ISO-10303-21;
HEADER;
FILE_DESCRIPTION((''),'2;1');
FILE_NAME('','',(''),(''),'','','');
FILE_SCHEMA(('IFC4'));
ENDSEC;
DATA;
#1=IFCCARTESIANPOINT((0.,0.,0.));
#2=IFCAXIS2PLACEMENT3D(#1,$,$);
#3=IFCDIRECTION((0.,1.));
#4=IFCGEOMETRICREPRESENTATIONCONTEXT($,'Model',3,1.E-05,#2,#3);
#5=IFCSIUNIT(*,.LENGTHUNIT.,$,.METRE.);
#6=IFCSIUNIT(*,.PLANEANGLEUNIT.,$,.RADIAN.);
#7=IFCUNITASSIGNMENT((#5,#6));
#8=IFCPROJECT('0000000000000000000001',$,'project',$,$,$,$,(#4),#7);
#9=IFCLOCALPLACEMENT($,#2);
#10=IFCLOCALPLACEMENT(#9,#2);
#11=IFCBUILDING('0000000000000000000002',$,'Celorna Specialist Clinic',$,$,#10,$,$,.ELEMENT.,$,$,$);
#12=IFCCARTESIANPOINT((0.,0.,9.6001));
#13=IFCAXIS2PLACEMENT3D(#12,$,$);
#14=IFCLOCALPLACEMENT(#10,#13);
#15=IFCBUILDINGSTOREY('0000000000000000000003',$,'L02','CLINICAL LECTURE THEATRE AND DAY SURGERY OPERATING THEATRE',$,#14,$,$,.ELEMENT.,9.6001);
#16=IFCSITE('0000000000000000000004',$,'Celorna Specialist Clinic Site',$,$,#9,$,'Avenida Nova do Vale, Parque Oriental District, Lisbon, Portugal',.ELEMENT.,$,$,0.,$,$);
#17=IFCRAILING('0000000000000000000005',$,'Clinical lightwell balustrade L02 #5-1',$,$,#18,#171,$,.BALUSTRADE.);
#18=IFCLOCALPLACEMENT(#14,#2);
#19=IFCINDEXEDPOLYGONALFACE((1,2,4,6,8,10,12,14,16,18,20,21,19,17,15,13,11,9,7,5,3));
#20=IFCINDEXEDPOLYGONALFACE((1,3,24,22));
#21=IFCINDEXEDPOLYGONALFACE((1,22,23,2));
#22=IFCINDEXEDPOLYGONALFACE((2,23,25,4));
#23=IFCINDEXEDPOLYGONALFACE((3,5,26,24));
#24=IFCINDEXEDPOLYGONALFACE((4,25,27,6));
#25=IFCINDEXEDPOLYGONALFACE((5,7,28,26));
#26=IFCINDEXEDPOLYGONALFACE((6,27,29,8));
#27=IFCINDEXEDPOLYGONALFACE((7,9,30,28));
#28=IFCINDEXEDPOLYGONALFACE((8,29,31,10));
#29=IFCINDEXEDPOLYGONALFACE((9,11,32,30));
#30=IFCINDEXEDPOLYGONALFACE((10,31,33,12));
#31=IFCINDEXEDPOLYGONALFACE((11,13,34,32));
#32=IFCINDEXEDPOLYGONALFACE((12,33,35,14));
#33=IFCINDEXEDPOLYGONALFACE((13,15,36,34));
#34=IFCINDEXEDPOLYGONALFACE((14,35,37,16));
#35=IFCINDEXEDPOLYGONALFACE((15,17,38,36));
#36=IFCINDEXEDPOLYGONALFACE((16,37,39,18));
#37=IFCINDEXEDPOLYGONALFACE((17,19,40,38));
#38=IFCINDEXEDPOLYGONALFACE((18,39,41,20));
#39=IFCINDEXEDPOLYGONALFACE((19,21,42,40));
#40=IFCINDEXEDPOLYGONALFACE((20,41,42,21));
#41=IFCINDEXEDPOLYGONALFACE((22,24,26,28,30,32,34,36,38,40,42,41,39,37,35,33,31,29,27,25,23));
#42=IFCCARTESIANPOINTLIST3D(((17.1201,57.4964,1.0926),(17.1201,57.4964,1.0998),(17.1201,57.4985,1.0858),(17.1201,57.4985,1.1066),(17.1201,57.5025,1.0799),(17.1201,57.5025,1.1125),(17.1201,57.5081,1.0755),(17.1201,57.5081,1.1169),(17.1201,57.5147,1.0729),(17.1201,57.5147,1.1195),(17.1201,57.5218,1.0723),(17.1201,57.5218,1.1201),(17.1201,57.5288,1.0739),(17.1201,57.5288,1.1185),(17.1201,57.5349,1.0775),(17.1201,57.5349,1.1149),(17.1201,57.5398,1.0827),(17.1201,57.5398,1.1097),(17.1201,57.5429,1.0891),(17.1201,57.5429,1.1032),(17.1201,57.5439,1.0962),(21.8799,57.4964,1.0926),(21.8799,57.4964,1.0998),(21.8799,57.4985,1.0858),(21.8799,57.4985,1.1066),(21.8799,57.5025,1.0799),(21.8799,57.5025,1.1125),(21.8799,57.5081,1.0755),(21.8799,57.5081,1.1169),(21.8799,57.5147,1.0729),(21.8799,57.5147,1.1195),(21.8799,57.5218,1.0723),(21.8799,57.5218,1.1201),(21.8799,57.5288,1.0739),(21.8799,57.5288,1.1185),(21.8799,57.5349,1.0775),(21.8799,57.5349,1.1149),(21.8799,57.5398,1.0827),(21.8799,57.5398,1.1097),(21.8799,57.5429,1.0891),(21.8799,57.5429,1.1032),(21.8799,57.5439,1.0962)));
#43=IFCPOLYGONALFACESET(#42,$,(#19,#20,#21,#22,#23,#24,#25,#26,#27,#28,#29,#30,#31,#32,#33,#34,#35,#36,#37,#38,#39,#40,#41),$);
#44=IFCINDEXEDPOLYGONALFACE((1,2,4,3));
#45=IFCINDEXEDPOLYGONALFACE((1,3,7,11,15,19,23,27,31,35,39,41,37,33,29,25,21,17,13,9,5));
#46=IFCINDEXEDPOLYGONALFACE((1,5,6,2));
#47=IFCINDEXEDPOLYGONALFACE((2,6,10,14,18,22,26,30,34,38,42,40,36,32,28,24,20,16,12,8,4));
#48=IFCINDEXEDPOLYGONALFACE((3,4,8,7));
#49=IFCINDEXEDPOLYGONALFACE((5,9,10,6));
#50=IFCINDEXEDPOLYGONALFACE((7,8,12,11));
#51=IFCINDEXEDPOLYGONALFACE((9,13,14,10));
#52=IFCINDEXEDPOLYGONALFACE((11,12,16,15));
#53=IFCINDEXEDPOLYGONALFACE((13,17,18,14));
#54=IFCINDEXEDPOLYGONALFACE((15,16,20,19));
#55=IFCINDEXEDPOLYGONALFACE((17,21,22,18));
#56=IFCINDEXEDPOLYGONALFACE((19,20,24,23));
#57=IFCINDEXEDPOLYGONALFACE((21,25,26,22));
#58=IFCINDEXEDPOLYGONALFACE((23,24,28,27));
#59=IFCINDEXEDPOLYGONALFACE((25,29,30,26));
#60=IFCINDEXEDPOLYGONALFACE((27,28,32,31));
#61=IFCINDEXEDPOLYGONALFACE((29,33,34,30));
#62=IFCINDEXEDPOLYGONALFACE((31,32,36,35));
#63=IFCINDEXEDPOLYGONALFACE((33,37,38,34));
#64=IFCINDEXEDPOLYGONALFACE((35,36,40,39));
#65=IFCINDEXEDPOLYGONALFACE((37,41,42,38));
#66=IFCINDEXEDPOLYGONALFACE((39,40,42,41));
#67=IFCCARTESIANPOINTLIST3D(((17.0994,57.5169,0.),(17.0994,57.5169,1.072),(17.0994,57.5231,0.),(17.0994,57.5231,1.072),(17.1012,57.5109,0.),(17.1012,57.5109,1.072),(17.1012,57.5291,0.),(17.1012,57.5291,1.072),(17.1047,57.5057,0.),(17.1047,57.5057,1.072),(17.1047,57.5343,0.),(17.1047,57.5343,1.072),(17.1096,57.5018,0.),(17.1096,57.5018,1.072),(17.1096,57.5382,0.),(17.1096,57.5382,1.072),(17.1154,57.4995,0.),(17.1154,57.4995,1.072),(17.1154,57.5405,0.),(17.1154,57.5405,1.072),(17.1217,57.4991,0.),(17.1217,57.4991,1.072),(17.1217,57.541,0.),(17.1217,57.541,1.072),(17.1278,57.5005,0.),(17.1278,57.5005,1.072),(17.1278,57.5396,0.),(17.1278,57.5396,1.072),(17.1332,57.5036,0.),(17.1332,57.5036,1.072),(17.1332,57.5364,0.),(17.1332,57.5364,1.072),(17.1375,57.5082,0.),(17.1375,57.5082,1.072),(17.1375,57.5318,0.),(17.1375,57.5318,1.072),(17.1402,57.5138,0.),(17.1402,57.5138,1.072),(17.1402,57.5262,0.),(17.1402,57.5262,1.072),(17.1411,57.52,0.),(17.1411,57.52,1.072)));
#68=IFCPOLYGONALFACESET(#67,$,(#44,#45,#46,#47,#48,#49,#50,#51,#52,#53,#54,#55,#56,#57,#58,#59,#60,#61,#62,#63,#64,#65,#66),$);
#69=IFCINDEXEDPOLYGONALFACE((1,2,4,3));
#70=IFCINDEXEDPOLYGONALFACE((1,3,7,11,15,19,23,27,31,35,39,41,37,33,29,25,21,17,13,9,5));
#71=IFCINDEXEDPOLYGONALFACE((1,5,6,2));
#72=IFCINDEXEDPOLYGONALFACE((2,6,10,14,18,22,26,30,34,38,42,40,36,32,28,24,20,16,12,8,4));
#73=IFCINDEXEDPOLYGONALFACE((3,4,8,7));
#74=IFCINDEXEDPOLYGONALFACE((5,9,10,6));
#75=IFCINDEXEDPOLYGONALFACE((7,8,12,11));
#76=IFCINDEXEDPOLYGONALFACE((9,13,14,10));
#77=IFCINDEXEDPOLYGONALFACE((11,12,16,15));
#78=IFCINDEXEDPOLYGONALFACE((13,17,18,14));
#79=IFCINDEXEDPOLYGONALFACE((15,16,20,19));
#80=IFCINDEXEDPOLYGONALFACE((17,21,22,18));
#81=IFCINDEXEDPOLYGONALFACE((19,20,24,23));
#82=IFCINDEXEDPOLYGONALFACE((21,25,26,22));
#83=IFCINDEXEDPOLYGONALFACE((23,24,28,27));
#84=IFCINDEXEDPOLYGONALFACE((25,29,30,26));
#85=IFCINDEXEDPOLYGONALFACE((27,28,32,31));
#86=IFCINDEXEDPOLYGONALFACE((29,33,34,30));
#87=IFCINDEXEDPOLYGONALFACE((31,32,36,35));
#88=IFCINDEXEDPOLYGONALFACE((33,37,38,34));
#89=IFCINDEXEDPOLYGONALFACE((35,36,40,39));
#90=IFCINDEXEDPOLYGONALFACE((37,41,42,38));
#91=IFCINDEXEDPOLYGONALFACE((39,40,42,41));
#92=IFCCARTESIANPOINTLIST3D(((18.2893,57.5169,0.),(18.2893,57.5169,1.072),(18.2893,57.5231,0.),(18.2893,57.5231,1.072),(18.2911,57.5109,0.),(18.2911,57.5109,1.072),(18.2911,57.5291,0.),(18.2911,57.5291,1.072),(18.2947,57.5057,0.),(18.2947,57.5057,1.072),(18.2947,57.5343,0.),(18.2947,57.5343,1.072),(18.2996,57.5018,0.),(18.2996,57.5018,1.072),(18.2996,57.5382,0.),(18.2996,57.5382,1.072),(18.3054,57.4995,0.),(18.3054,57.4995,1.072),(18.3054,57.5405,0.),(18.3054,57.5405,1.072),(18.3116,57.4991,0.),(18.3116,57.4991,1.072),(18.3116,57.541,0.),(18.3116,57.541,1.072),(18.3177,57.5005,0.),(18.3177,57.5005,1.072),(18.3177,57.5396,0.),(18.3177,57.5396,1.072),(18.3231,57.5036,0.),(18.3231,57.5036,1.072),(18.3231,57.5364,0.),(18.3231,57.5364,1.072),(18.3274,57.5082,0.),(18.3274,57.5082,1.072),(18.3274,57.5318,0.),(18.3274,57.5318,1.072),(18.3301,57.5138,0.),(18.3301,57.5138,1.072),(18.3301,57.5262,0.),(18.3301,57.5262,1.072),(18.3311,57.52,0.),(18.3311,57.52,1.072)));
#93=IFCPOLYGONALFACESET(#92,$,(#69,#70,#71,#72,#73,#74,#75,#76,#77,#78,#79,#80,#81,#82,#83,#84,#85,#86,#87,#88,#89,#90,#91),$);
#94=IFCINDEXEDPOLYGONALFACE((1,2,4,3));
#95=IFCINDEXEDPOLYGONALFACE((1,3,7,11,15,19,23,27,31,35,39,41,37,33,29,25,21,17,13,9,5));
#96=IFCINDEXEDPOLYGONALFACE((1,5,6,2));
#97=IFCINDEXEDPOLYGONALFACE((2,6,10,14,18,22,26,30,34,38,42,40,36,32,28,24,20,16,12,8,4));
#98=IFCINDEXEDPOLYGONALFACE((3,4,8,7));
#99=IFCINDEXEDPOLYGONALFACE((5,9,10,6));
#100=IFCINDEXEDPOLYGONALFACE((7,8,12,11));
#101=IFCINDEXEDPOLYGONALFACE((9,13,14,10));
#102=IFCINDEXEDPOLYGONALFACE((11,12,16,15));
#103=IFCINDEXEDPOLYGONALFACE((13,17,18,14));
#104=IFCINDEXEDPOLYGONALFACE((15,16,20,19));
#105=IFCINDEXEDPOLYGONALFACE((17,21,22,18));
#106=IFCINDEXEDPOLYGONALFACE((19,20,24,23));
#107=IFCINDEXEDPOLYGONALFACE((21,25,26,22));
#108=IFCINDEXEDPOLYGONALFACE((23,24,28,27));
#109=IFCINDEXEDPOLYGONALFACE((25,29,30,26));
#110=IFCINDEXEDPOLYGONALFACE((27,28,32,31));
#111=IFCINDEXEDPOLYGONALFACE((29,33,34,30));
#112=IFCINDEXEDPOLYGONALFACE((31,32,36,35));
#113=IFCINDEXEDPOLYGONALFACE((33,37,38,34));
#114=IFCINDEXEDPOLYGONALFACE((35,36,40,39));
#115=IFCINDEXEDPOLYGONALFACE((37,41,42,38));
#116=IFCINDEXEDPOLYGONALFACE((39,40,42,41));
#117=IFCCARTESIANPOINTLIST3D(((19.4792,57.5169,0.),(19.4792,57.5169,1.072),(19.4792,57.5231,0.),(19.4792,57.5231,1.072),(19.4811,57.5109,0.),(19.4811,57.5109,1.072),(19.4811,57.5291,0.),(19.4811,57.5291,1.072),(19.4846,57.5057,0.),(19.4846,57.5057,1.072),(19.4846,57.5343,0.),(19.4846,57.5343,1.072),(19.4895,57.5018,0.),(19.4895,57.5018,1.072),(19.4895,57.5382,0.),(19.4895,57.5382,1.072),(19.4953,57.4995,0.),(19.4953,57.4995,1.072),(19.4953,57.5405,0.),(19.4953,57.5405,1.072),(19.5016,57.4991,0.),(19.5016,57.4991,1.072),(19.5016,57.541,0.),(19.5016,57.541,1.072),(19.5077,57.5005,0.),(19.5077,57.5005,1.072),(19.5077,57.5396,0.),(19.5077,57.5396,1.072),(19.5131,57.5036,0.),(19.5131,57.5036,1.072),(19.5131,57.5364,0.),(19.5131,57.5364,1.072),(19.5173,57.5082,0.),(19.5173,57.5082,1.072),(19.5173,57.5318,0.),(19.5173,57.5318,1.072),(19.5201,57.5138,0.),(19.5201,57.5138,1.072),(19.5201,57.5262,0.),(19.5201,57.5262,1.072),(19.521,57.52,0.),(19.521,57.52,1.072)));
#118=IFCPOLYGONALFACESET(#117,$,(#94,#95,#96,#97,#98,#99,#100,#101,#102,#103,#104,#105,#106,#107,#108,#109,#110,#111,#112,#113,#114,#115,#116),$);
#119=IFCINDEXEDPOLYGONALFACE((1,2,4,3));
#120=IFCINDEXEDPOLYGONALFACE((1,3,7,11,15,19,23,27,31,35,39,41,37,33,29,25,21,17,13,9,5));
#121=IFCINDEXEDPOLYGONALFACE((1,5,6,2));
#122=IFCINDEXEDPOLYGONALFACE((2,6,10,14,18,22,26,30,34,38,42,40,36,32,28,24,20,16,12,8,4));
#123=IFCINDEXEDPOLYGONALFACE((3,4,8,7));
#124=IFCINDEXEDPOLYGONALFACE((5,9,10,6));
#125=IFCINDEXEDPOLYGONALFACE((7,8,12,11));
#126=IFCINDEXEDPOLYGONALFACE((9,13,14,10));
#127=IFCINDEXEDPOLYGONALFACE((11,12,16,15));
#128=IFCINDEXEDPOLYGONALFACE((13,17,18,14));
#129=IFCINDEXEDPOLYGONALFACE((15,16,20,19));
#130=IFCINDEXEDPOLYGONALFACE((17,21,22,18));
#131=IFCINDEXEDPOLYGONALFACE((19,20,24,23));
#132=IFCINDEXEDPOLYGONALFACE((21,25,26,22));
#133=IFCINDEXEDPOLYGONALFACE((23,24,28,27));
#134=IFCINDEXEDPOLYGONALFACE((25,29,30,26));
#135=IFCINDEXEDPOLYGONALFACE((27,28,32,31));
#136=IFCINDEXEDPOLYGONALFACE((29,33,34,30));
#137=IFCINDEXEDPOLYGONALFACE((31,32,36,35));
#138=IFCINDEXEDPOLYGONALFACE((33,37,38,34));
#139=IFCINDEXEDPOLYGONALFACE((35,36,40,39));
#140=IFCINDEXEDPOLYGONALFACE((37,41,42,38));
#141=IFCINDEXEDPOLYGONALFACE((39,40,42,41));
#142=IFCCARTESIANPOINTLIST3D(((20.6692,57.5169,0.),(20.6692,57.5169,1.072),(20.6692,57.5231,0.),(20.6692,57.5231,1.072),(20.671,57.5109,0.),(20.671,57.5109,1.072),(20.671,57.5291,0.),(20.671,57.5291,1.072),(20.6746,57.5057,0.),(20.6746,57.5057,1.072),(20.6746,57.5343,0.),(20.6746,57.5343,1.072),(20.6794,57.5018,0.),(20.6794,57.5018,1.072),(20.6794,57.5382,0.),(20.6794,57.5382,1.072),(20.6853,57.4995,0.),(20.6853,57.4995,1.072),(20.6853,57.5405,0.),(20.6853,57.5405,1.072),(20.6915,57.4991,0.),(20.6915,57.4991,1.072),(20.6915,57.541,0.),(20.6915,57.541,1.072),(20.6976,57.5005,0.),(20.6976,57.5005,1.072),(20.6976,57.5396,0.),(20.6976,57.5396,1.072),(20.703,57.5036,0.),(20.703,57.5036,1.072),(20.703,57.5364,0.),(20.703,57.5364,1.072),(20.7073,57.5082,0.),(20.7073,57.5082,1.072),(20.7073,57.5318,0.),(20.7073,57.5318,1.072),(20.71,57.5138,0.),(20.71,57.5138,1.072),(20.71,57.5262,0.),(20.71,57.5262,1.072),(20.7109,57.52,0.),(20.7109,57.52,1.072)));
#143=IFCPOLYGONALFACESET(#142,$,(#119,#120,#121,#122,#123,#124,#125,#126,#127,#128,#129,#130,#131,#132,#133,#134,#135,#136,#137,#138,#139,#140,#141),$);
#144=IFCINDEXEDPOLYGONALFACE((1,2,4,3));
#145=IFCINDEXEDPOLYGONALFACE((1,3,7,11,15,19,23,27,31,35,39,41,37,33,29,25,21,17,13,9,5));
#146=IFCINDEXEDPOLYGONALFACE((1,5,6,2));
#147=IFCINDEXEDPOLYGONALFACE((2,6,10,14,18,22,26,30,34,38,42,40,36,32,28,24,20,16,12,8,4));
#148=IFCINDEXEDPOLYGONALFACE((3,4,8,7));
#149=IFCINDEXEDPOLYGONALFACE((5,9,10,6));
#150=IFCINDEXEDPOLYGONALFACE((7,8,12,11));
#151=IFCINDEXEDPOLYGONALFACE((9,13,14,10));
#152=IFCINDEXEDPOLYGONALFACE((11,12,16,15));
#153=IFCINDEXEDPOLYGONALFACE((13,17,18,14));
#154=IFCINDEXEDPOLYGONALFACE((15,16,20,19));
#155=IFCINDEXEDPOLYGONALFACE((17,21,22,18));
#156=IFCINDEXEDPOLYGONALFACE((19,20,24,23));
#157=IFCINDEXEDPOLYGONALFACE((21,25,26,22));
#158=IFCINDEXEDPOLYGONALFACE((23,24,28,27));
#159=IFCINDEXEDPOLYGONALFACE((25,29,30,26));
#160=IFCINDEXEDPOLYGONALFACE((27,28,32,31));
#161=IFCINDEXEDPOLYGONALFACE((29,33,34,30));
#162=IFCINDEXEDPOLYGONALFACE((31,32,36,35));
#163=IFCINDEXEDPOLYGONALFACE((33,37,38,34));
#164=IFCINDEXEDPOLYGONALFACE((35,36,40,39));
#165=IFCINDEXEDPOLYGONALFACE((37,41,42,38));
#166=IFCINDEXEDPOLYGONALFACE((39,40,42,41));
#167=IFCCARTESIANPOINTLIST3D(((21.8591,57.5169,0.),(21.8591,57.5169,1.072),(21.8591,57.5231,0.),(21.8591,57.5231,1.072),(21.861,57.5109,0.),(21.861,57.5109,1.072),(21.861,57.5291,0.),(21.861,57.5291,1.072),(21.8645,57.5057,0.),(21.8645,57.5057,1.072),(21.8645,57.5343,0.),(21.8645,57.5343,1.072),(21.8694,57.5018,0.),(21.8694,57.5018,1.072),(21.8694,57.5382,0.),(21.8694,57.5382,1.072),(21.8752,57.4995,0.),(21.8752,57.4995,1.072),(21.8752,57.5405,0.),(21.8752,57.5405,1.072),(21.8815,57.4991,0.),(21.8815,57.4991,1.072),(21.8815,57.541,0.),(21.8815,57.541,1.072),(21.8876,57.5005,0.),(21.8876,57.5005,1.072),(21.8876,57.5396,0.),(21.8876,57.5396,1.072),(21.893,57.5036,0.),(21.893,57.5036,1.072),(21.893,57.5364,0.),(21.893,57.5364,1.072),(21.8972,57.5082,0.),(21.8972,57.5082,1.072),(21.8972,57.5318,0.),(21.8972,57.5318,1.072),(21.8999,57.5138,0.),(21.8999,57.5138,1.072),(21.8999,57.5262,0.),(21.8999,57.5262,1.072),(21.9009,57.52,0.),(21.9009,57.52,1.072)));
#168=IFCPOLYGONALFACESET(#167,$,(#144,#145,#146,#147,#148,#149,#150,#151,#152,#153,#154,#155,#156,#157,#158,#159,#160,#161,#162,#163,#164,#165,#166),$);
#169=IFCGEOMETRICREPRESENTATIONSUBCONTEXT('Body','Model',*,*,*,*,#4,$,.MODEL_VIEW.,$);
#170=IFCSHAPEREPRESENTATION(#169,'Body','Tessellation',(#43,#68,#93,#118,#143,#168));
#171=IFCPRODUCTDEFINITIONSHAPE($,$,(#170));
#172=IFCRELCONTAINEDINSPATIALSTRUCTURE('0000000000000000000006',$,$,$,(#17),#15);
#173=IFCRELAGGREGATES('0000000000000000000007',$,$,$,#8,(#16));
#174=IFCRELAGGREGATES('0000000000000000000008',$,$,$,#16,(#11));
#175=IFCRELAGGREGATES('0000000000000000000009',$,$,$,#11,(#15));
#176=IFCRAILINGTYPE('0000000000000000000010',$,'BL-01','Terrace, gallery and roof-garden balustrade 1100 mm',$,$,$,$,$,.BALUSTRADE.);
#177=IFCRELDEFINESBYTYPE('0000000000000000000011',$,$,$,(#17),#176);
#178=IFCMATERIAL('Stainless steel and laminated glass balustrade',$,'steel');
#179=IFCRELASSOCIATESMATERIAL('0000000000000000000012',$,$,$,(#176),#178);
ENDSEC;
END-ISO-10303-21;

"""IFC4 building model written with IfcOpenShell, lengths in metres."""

from ifc_helpers import new_model, si_unit, direction, frame, origin, origin_2d, place, context, subcontext, project, spatial, circle, extrude, material, type_object, element, save


model = new_model("IFC4")

# Units and contexts
model_context = context("Model", 3, precision=1e-05, world=origin(), true_north=direction((0.0, 1.0)))
body_context = subcontext(model_context, "Body", "Model", "MODEL_VIEW")
ifc_project = project(units=[si_unit("LENGTHUNIT", "METRE"), si_unit("PLANEANGLEUNIT", "RADIAN")], contexts=[model_context])

# Site, building, storey
site_placement = place(None, origin())
site = spatial("IfcSite", under=ifc_project, at=site_placement, Name="Celorna Specialist Clinic Site", LongName="Avenida Nova do Vale, Parque Oriental District, Lisbon, Portugal", CompositionType="ELEMENT", RefElevation=0.0)
building_placement = place(site_placement, origin())
building = spatial("IfcBuilding", under=site, at=building_placement, Name="Celorna Specialist Clinic", CompositionType="ELEMENT")
storey_placement = place(building_placement, frame((0.0, 0.0, 9.6001)))
storey = spatial("IfcBuildingStorey", under=building, at=storey_placement, Name="L02", Description="CLINICAL LECTURE THEATRE AND DAY SURGERY OPERATING THEATRE", CompositionType="ELEMENT", Elevation=9.6001)

# Railing
ifc_material_1 = material(Name="Stainless steel and laminated glass balustrade", Category="steel")
railing_type = type_object("IfcRailingType", Name="BL-01", Description="Terrace, gallery and roof-garden balustrade 1100 mm", PredefinedType="BALUSTRADE", material=ifc_material_1)
railing_1_placement = place(storey_placement, frame((17.1201, 57.52, 0.0)))
element("IfcRailing", 1, at=railing_1_placement, inside=storey, type_object=railing_type, Name="Clinical lightwell balustrade L02 #5-1", PredefinedType="BALUSTRADE", context=body_context, shape_type="SweptSolid", body=[
    extrude(circle(Radius=0.0239, at=origin_2d()), frame((0.0, 0.0, 1.0962), z_axis=(1.0, 0.0, 0.0), x_axis=(0.0, 1.0, 0.0)), (0.0, 0.0, 1.0), 4.7598),
    extrude(circle(Radius=0.021, at=origin_2d()), origin(), (0.0, 0.0, 1.0), 1.072),
    extrude(circle(Radius=0.021, at=origin_2d()), frame((1.1899, 0.0, 0.0)), (0.0, 0.0, 1.0), 1.072),
    extrude(circle(Radius=0.021, at=origin_2d()), frame((2.3799, 0.0, 0.0)), (0.0, 0.0, 1.0), 1.072),
    extrude(circle(Radius=0.021, at=origin_2d()), frame((3.5698, 0.0, 0.0)), (0.0, 0.0, 1.0), 1.072),
    extrude(circle(Radius=0.021, at=origin_2d()), frame((4.7598, 0.0, 0.0)), (0.0, 0.0, 1.0), 1.072),
])

save(model, "model.ifc")
